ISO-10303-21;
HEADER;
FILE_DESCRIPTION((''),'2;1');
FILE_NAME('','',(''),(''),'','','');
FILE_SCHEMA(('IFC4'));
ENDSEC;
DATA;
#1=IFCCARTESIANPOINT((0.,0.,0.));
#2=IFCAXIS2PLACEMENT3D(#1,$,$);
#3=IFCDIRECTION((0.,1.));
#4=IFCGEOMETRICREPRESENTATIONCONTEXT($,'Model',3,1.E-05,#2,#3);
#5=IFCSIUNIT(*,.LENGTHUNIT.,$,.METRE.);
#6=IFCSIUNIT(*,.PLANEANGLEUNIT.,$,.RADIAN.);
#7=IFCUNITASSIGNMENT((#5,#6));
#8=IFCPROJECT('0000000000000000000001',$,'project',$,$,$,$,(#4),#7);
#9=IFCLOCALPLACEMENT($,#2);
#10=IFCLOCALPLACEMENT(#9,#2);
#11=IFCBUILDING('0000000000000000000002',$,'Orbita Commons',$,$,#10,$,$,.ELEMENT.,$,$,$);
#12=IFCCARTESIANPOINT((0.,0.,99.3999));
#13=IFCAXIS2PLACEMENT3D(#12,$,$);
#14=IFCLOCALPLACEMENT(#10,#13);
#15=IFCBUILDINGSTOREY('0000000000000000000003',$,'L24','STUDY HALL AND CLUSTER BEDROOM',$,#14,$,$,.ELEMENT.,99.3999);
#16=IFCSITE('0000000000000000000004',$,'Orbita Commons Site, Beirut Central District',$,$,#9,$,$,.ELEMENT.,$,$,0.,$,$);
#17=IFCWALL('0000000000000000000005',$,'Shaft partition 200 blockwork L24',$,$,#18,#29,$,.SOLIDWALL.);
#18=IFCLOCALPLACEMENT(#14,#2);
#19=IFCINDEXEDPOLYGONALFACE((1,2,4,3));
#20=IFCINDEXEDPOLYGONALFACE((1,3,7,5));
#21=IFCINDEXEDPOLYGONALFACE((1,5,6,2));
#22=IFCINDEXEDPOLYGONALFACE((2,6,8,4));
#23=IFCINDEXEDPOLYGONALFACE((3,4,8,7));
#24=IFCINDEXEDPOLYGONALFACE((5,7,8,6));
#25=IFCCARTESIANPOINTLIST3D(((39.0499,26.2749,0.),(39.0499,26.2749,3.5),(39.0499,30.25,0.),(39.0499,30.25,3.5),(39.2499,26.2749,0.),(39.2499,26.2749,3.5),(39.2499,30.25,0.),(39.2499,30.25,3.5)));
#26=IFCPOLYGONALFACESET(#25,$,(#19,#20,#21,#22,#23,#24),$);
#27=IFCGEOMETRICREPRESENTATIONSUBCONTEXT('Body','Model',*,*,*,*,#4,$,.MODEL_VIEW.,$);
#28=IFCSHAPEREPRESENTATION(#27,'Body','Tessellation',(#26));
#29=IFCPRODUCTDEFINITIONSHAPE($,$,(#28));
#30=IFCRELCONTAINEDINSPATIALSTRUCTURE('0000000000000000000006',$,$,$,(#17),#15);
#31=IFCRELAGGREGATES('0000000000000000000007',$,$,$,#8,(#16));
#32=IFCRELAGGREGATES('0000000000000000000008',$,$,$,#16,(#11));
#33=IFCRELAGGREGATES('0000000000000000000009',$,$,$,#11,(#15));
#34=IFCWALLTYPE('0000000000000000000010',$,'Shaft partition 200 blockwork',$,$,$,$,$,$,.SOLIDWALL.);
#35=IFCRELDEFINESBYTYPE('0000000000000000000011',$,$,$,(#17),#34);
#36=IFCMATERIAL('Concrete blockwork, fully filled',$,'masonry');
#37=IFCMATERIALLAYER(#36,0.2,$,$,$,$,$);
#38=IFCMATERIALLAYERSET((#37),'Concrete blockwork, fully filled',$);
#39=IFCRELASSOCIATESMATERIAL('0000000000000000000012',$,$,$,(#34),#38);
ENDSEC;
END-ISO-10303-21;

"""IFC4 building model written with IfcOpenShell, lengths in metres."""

from ifc_helpers import new_model, si_unit, direction, frame, frame_2d, origin, place, context, subcontext, project, spatial, rectangle, extrude, material, layer, layer_set, type_object, element, save


model = new_model("IFC4")

# Units and contexts
model_context = context("Model", 3, precision=1e-05, world=origin(), true_north=direction((0.0, 1.0)))
body_context = subcontext(model_context, "Body", "Model", "MODEL_VIEW")
ifc_project = project(units=[si_unit("LENGTHUNIT", "METRE"), si_unit("PLANEANGLEUNIT", "RADIAN")], contexts=[model_context])

# Site, building, storey
site_placement = place(None, origin())
site = spatial("IfcSite", under=ifc_project, at=site_placement, Name="Orbita Commons Site, Beirut Central District", CompositionType="ELEMENT", RefElevation=0.0)
building_placement = place(site_placement, origin())
building = spatial("IfcBuilding", under=site, at=building_placement, Name="Orbita Commons", CompositionType="ELEMENT")
storey_placement = place(building_placement, frame((0.0, 0.0, 99.3999)))
storey = spatial("IfcBuildingStorey", under=building, at=storey_placement, Name="L24", Description="STUDY HALL AND CLUSTER BEDROOM", CompositionType="ELEMENT", Elevation=99.3999)

# Wall
ifc_material_1 = material(Name="Concrete blockwork, fully filled", Category="masonry")
ifc_layer_1 = layer(ifc_material_1, 0.2)
ifc_layer_set_1 = layer_set([ifc_layer_1], Name="Concrete blockwork, fully filled")
wall_type_1 = type_object("IfcWallType", Name="Shaft partition 200 blockwork", PredefinedType="SOLIDWALL", material=ifc_layer_set_1)
wall_1_placement = place(storey_placement, frame((39.1499, 26.2749, 0.0), z_axis=(0.0, 0.0, 1.0), x_axis=(0.0, 1.0, 0.0)))
element("IfcWall", 1, at=wall_1_placement, inside=storey, type_object=wall_type_1, Name="Shaft partition 200 blockwork L24", PredefinedType="SOLIDWALL", context=body_context, shape_type="SweptSolid", body=[
    extrude(rectangle(XDim=3.9751, YDim=0.2, at=frame_2d((1.9875, 0.0))), origin(), (0.0, 0.0, 1.0), 3.5),
])

save(model, "model.ifc")
